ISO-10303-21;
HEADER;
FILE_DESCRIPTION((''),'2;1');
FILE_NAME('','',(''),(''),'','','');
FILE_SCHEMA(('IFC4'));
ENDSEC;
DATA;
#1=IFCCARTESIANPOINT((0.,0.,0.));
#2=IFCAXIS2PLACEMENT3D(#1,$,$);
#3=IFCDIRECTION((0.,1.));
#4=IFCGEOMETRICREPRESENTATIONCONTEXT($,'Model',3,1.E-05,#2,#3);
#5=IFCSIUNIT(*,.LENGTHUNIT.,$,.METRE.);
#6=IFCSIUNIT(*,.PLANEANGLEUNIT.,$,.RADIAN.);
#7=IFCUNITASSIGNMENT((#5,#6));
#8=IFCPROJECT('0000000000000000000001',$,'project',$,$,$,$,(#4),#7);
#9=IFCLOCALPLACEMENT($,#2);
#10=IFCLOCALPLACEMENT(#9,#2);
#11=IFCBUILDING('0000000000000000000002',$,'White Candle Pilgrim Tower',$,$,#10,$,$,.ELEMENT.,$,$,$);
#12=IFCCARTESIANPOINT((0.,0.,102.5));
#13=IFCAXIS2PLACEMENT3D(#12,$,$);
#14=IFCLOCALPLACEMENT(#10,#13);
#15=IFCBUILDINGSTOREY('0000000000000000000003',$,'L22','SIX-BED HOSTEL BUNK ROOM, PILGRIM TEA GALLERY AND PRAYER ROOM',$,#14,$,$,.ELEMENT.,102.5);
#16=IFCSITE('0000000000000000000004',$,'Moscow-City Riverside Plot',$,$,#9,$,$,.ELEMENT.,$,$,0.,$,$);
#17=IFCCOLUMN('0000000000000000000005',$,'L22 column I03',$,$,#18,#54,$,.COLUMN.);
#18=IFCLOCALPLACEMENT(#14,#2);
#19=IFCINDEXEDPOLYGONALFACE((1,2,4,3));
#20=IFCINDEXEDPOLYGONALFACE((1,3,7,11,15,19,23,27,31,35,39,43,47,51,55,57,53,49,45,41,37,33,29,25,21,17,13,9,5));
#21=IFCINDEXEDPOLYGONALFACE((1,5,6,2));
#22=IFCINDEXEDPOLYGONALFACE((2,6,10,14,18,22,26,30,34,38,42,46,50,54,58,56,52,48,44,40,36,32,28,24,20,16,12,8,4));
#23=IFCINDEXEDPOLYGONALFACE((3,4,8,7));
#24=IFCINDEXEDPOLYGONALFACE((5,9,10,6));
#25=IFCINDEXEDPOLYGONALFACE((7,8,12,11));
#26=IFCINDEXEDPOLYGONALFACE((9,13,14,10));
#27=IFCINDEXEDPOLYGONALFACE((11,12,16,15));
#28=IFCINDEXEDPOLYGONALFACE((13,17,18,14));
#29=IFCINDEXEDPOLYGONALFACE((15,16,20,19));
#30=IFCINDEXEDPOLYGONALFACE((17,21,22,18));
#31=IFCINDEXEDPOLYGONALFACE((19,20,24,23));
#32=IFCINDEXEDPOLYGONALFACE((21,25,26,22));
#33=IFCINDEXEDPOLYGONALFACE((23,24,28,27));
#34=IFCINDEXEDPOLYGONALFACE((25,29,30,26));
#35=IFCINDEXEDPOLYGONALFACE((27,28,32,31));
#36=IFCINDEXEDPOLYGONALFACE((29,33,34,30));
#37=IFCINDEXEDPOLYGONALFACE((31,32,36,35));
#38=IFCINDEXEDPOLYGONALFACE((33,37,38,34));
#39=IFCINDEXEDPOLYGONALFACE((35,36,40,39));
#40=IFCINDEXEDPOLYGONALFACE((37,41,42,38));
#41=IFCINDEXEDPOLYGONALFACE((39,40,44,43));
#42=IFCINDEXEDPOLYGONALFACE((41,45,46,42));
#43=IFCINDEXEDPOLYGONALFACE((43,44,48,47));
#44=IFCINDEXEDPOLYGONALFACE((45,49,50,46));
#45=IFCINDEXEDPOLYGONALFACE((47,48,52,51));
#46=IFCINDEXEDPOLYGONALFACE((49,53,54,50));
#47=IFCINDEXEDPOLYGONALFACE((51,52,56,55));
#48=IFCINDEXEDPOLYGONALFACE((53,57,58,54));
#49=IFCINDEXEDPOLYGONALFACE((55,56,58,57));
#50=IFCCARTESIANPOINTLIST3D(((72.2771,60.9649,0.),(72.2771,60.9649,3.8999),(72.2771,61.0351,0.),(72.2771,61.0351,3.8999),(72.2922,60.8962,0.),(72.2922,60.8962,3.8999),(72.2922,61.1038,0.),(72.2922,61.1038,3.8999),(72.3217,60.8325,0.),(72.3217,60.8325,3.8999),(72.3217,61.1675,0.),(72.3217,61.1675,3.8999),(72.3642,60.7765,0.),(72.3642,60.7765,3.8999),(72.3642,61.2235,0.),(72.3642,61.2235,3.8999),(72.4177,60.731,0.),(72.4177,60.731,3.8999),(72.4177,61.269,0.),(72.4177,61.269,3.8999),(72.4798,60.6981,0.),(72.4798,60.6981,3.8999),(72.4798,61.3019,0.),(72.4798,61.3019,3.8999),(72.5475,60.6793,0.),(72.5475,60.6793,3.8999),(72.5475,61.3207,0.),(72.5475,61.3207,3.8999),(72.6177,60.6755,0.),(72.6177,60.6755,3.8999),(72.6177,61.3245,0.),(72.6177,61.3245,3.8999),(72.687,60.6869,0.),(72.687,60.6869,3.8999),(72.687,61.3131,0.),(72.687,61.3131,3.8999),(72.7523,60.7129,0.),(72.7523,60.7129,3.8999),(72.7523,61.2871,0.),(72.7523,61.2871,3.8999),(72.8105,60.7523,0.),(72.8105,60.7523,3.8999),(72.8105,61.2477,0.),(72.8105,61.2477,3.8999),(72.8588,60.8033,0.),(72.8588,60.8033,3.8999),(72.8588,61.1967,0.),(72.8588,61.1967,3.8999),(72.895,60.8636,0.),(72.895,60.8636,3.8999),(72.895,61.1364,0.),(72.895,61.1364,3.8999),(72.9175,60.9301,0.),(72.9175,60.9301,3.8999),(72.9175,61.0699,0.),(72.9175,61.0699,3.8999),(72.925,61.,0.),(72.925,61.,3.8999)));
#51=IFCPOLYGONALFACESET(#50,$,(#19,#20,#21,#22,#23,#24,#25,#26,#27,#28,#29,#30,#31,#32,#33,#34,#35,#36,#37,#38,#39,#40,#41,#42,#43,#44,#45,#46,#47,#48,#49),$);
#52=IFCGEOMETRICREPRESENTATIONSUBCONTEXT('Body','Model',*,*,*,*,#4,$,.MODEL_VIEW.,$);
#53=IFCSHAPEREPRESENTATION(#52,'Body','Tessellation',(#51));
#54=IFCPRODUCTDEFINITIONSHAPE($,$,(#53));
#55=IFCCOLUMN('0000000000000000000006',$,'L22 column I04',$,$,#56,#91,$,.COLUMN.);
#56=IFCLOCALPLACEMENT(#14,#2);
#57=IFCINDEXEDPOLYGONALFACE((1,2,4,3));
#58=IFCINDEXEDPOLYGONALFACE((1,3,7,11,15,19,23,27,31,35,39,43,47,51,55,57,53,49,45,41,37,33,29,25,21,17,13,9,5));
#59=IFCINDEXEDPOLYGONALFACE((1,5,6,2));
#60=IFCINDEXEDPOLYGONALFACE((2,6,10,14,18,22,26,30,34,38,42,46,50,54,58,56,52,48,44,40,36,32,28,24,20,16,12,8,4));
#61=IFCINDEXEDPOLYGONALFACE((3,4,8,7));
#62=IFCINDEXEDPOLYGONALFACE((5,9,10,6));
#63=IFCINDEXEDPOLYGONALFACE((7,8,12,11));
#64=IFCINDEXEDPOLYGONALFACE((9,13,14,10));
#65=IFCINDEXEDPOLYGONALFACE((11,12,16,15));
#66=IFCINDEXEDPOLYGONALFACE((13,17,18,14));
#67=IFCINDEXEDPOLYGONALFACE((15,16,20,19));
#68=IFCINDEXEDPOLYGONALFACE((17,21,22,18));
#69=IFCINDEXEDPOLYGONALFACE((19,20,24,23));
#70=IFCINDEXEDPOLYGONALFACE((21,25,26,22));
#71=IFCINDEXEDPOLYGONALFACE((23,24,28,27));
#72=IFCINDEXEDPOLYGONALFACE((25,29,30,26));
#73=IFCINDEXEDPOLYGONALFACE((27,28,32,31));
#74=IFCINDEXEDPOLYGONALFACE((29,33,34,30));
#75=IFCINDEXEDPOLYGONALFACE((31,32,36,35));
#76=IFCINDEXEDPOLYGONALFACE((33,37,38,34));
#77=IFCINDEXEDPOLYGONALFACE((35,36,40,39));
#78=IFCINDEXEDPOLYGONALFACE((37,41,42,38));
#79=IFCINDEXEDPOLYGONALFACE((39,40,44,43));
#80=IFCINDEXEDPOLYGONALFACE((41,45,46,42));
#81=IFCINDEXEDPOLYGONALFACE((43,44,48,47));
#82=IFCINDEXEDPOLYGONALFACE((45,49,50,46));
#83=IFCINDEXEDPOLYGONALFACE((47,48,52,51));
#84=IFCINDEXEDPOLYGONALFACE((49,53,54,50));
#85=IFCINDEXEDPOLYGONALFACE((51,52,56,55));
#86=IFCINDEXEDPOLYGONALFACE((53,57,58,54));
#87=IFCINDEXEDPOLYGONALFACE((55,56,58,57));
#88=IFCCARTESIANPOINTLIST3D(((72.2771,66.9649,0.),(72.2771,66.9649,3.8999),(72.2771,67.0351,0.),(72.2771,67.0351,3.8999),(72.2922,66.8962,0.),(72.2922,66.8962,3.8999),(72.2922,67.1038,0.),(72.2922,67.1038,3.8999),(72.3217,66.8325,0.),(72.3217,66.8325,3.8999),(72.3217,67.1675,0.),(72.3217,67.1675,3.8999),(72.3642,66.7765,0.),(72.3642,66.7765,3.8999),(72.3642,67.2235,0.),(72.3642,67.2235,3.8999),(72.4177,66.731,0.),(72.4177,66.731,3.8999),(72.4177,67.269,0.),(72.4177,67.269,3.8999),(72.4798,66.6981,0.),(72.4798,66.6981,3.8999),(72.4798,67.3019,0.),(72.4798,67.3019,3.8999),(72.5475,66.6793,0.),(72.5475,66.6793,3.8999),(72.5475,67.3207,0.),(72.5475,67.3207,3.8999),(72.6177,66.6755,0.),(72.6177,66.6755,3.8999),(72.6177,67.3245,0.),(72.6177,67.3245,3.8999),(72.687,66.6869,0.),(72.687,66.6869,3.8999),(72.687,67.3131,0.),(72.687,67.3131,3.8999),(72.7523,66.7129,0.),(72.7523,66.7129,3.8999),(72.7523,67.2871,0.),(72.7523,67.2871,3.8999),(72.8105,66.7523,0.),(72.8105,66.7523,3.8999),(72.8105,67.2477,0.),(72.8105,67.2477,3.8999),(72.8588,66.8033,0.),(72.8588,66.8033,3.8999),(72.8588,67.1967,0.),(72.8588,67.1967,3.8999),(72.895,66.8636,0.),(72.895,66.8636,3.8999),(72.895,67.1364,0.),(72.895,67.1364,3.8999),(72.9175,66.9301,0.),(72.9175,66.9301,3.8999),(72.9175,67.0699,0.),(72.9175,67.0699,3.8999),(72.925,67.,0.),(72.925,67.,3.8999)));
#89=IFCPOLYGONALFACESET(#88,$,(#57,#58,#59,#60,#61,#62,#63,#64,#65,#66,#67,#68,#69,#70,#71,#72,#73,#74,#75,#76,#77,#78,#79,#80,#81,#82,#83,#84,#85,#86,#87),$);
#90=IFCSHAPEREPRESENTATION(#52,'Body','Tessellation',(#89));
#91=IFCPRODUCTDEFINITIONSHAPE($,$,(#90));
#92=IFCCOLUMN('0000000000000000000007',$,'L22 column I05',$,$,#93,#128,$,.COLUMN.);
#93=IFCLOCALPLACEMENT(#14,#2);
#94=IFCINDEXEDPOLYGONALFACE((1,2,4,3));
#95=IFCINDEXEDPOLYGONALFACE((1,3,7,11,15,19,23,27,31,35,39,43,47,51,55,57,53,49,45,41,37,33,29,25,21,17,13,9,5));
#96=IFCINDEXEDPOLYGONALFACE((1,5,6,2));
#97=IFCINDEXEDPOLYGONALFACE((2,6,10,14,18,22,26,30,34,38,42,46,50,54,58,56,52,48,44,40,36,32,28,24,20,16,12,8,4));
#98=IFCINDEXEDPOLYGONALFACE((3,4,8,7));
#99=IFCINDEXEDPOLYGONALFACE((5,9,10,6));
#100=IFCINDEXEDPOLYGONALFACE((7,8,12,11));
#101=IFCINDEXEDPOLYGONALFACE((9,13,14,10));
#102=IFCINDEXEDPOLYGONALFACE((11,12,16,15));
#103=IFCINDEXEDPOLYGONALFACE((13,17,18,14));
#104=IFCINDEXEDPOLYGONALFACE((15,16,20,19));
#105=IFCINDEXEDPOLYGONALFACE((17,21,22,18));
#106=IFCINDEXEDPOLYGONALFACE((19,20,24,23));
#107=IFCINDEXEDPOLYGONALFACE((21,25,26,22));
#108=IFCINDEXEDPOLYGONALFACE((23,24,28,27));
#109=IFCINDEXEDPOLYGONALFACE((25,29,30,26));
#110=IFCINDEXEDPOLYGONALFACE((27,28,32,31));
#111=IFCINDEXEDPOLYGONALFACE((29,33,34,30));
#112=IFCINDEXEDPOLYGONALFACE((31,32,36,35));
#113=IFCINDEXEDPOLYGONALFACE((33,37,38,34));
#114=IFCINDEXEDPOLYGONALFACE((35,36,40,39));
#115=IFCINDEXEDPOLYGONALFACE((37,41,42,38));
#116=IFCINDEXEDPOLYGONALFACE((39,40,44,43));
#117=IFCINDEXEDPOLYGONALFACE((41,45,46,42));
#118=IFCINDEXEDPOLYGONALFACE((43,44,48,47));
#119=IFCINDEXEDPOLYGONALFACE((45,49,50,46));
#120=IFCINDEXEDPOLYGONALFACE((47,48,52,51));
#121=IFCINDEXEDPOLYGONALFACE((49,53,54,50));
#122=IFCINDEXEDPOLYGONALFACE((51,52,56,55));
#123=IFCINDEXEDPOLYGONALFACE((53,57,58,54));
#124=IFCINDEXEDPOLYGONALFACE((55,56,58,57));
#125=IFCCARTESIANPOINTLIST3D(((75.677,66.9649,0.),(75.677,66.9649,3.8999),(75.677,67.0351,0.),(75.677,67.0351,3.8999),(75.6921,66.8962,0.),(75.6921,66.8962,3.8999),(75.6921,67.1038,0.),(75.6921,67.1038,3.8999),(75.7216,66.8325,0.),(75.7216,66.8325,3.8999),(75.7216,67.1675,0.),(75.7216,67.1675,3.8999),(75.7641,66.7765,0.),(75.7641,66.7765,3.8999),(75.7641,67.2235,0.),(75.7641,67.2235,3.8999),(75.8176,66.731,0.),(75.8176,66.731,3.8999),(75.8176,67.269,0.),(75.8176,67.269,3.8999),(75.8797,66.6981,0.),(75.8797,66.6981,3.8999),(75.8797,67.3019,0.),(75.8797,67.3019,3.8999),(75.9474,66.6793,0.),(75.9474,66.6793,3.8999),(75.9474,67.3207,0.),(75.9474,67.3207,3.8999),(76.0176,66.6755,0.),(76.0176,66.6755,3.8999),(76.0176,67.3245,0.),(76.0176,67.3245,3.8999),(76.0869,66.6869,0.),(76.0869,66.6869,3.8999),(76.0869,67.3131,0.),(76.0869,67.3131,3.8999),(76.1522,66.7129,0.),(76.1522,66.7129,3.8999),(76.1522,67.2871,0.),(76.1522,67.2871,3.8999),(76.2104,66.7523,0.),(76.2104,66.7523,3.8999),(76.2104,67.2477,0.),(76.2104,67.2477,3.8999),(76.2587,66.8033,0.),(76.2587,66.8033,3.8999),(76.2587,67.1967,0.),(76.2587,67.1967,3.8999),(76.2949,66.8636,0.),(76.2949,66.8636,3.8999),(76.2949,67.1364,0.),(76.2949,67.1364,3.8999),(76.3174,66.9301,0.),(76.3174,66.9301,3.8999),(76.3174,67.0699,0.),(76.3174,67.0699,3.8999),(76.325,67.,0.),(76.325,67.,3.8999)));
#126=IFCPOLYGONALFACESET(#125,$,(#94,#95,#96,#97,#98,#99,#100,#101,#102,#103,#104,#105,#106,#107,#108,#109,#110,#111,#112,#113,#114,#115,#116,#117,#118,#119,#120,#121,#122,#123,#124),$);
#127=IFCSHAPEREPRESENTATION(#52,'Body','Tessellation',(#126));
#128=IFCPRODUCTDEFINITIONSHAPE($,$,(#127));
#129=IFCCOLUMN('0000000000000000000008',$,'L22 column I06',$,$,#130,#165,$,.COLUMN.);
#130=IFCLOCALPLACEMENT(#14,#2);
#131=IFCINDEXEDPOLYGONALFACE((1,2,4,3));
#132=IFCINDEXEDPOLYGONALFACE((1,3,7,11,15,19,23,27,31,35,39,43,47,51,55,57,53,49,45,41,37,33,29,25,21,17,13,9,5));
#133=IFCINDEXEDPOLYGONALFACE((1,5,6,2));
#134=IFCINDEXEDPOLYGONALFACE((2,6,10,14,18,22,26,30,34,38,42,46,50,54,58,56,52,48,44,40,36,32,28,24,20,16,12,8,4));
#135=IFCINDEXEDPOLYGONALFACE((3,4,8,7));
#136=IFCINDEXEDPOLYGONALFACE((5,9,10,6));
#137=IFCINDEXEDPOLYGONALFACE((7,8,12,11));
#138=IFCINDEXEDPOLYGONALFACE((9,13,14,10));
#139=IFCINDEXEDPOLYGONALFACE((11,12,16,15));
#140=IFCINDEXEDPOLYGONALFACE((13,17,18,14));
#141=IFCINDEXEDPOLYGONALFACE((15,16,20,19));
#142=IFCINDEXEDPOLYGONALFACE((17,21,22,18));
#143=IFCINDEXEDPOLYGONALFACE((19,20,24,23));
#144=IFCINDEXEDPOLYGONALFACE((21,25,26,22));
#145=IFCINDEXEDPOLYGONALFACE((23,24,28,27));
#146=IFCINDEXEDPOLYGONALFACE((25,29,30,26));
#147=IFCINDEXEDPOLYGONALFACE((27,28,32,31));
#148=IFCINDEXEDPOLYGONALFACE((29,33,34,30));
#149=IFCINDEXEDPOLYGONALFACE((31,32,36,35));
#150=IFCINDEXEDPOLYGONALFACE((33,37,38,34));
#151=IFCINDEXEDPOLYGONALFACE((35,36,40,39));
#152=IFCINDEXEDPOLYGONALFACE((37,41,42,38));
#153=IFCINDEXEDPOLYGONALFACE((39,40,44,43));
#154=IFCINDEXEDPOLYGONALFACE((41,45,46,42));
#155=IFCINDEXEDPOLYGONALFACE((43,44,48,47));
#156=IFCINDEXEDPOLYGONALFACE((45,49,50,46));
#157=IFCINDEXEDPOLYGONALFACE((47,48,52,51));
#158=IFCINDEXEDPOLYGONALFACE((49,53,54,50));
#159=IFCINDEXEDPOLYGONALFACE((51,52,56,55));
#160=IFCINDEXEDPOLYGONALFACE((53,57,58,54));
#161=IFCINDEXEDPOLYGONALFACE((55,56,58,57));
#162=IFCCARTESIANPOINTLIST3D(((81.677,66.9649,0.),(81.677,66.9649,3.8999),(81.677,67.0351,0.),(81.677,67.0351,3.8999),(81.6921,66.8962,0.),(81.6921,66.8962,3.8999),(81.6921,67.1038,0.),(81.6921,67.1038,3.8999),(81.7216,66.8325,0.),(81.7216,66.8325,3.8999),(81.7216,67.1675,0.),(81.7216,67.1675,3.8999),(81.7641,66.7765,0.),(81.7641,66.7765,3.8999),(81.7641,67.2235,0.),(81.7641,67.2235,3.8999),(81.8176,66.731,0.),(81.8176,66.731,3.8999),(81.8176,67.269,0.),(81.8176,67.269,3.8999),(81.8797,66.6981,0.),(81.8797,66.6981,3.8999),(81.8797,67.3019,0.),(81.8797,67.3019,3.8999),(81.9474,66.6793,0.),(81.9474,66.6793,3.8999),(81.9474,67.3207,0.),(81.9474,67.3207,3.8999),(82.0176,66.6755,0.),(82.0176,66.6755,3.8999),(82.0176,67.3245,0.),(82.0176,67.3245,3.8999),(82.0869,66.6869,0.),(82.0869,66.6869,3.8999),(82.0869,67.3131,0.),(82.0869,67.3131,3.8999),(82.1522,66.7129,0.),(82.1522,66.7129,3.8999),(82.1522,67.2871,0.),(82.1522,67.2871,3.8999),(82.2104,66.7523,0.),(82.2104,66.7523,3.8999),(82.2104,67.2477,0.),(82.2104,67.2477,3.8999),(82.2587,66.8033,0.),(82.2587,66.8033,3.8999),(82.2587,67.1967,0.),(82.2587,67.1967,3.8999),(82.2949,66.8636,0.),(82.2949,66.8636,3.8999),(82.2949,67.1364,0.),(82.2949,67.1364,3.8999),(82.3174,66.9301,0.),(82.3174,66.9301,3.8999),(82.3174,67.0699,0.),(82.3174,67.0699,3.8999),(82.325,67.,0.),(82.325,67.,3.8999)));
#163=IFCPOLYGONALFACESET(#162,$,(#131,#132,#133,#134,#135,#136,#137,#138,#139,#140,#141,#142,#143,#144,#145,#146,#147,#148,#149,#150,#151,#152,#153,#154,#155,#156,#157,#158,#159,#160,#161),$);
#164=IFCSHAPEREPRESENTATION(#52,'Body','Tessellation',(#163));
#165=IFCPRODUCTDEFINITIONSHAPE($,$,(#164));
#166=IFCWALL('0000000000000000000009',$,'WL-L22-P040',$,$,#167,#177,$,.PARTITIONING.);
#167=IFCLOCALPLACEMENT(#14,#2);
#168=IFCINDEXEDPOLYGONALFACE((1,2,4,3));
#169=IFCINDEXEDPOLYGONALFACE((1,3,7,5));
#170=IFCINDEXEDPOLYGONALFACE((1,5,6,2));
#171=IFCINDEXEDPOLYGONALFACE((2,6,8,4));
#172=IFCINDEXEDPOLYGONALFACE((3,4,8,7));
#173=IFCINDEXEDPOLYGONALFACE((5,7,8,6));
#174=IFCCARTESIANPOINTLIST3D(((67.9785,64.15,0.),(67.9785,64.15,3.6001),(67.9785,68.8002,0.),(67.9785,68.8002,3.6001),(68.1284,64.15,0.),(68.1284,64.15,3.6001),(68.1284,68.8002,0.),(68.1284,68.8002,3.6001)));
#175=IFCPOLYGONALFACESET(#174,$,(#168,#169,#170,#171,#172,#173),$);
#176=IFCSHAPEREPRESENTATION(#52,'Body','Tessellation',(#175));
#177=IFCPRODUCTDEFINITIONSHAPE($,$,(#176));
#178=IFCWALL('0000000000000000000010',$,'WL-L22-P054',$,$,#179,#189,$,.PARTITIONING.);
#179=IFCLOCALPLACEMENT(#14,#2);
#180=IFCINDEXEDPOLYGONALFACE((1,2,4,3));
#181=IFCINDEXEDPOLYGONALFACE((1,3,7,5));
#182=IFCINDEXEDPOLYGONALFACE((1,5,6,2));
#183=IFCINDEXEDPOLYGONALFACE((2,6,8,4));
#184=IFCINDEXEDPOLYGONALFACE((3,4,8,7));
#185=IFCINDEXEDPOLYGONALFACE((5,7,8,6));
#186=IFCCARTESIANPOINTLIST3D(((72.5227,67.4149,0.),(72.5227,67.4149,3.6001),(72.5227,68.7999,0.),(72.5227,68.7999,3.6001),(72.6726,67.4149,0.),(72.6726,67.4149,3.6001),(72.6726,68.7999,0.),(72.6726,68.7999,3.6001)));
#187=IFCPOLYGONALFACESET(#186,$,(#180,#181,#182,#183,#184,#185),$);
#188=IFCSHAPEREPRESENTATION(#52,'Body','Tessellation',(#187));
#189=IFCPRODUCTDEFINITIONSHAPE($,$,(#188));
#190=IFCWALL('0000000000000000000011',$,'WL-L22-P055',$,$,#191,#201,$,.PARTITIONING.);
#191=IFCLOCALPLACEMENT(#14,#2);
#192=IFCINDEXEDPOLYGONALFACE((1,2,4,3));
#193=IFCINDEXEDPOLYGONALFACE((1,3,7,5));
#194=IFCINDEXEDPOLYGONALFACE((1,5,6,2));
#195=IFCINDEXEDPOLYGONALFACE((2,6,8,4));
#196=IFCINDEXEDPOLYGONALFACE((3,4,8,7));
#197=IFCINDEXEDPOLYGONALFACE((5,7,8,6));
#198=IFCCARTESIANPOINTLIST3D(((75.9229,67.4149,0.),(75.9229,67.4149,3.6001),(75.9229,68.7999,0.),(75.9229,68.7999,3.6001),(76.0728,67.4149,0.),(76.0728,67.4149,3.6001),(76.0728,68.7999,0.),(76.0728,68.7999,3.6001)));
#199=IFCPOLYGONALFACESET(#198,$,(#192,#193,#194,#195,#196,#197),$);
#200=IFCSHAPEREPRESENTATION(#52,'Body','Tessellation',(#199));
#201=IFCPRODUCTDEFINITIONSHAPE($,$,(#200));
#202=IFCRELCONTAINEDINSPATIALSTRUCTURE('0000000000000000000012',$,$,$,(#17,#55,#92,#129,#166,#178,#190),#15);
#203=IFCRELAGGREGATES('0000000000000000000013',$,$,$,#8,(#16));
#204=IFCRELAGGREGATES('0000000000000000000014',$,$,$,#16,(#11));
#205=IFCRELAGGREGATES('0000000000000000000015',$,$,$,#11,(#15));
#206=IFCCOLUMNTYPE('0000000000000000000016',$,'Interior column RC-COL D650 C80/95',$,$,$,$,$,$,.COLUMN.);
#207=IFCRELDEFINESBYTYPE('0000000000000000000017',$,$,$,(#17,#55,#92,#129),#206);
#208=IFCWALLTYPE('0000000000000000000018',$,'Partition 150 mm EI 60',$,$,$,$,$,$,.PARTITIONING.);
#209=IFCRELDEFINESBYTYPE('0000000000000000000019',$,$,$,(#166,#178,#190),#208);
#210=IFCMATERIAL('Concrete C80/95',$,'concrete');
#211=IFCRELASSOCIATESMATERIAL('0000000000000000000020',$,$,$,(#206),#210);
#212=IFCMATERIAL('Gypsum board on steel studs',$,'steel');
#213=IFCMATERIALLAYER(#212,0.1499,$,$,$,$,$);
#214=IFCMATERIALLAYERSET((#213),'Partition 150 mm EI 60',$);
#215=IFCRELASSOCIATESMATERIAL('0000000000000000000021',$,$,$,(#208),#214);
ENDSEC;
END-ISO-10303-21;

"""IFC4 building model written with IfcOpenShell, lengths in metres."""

from ifc_helpers import new_model, si_unit, direction, frame, frame_2d, origin, origin_2d, place, context, subcontext, project, spatial, rectangle, circle, extrude, material, layer, layer_set, material_profile, profile_set, type_object, element, save


model = new_model("IFC4")

# Units and contexts
model_context = context("Model", 3, precision=1e-05, world=origin(), true_north=direction((0.0, 1.0)))
body_context = subcontext(model_context, "Body", "Model", "MODEL_VIEW")
ifc_project = project(units=[si_unit("LENGTHUNIT", "METRE"), si_unit("PLANEANGLEUNIT", "RADIAN")], contexts=[model_context])

# Site, building, storey
site_placement = place(None, origin())
site = spatial("IfcSite", under=ifc_project, at=site_placement, Name="Moscow-City Riverside Plot", CompositionType="ELEMENT", RefElevation=0.0)
building_placement = place(site_placement, origin())
building = spatial("IfcBuilding", under=site, at=building_placement, Name="White Candle Pilgrim Tower", CompositionType="ELEMENT")
storey_placement = place(building_placement, frame((0.0, 0.0, 102.5)))
storey = spatial("IfcBuildingStorey", under=building, at=storey_placement, Name="L22", Description="SIX-BED HOSTEL BUNK ROOM, PILGRIM TEA GALLERY AND PRAYER ROOM", CompositionType="ELEMENT", Elevation=102.5)

# Columns
ifc_material_1 = material(Name="Concrete C80/95", Category="concrete")
ifc_material_profile = material_profile(ifc_material_1, circle(Radius=0.325, at=origin_2d()), Name="RC-COL D650")
ifc_profile_set = profile_set([ifc_material_profile], Name="Concrete C80/95")
column_type = type_object("IfcColumnType", Name="Interior column RC-COL D650 C80/95", PredefinedType="COLUMN", material=ifc_profile_set)
for number, where, z_axis, x_axis, name in (
    (1, (72.6001, 61.0, 0.0), (0.0, 0.0, 1.0), (1.0, 0.0, 0.0), "L22 column I03"),
    (2, (72.6001, 67.0, 0.0), (0.0, 0.0, 1.0), (1.0, 0.0, 0.0), "L22 column I04"),
    (3, (76.0, 67.0, 0.0), (0.0, 0.0, 1.0), (1.0, 0.0, 0.0), "L22 column I05"),
    (4, (82.0, 67.0, 0.0), (0.0, 0.0, 1.0), (1.0, 0.0, 0.0), "L22 column I06"),
):
    element("IfcColumn", number, at=place(storey_placement, frame(where, z_axis=z_axis, x_axis=x_axis)), inside=storey, type_object=column_type, Name=name, PredefinedType="COLUMN", context=body_context, shape_type="SweptSolid", body=[
        extrude(circle(Radius=0.325, at=origin_2d()), origin(), (0.0, 0.0, 1.0), 3.8999),
    ])

# Walls
ifc_material_2 = material(Name="Gypsum board on steel studs", Category="steel")
ifc_layer_1 = layer(ifc_material_2, 0.1499)
ifc_layer_set_1 = layer_set([ifc_layer_1], Name="Partition 150 mm EI 60")
wall_type_1 = type_object("IfcWallType", Name="Partition 150 mm EI 60", PredefinedType="PARTITIONING", material=ifc_layer_set_1)
wall_1_placement = place(storey_placement, frame((68.0535, 64.1499, 0.0), z_axis=(0.0, 0.0, 1.0), x_axis=(0.0, 1.0, 0.0)))
element("IfcWall", 5, at=wall_1_placement, inside=storey, type_object=wall_type_1, Name="WL-L22-P040", PredefinedType="PARTITIONING", context=body_context, shape_type="SweptSolid", body=[
    extrude(rectangle(XDim=4.6501, YDim=0.1499, at=frame_2d((2.3252, 0.0))), origin(), (0.0, 0.0, 1.0), 3.6001),
])
for number, where, z_axis, x_axis, name in (
    (6, (72.5977, 67.415, 0.0), (0.0, 0.0, 1.0), (0.0, 1.0, 0.0), "WL-L22-P054"),
    (7, (75.9978, 67.415, 0.0), (0.0, 0.0, 1.0), (0.0, 1.0, 0.0), "WL-L22-P055"),
):
    element("IfcWall", number, at=place(storey_placement, frame(where, z_axis=z_axis, x_axis=x_axis)), inside=storey, type_object=wall_type_1, Name=name, PredefinedType="PARTITIONING", context=body_context, shape_type="SweptSolid", body=[
        extrude(rectangle(XDim=1.385, YDim=0.1499, at=frame_2d((0.6924, 0.0))), origin(), (0.0, 0.0, 1.0), 3.6001),
    ])

save(model, "model.ifc")
